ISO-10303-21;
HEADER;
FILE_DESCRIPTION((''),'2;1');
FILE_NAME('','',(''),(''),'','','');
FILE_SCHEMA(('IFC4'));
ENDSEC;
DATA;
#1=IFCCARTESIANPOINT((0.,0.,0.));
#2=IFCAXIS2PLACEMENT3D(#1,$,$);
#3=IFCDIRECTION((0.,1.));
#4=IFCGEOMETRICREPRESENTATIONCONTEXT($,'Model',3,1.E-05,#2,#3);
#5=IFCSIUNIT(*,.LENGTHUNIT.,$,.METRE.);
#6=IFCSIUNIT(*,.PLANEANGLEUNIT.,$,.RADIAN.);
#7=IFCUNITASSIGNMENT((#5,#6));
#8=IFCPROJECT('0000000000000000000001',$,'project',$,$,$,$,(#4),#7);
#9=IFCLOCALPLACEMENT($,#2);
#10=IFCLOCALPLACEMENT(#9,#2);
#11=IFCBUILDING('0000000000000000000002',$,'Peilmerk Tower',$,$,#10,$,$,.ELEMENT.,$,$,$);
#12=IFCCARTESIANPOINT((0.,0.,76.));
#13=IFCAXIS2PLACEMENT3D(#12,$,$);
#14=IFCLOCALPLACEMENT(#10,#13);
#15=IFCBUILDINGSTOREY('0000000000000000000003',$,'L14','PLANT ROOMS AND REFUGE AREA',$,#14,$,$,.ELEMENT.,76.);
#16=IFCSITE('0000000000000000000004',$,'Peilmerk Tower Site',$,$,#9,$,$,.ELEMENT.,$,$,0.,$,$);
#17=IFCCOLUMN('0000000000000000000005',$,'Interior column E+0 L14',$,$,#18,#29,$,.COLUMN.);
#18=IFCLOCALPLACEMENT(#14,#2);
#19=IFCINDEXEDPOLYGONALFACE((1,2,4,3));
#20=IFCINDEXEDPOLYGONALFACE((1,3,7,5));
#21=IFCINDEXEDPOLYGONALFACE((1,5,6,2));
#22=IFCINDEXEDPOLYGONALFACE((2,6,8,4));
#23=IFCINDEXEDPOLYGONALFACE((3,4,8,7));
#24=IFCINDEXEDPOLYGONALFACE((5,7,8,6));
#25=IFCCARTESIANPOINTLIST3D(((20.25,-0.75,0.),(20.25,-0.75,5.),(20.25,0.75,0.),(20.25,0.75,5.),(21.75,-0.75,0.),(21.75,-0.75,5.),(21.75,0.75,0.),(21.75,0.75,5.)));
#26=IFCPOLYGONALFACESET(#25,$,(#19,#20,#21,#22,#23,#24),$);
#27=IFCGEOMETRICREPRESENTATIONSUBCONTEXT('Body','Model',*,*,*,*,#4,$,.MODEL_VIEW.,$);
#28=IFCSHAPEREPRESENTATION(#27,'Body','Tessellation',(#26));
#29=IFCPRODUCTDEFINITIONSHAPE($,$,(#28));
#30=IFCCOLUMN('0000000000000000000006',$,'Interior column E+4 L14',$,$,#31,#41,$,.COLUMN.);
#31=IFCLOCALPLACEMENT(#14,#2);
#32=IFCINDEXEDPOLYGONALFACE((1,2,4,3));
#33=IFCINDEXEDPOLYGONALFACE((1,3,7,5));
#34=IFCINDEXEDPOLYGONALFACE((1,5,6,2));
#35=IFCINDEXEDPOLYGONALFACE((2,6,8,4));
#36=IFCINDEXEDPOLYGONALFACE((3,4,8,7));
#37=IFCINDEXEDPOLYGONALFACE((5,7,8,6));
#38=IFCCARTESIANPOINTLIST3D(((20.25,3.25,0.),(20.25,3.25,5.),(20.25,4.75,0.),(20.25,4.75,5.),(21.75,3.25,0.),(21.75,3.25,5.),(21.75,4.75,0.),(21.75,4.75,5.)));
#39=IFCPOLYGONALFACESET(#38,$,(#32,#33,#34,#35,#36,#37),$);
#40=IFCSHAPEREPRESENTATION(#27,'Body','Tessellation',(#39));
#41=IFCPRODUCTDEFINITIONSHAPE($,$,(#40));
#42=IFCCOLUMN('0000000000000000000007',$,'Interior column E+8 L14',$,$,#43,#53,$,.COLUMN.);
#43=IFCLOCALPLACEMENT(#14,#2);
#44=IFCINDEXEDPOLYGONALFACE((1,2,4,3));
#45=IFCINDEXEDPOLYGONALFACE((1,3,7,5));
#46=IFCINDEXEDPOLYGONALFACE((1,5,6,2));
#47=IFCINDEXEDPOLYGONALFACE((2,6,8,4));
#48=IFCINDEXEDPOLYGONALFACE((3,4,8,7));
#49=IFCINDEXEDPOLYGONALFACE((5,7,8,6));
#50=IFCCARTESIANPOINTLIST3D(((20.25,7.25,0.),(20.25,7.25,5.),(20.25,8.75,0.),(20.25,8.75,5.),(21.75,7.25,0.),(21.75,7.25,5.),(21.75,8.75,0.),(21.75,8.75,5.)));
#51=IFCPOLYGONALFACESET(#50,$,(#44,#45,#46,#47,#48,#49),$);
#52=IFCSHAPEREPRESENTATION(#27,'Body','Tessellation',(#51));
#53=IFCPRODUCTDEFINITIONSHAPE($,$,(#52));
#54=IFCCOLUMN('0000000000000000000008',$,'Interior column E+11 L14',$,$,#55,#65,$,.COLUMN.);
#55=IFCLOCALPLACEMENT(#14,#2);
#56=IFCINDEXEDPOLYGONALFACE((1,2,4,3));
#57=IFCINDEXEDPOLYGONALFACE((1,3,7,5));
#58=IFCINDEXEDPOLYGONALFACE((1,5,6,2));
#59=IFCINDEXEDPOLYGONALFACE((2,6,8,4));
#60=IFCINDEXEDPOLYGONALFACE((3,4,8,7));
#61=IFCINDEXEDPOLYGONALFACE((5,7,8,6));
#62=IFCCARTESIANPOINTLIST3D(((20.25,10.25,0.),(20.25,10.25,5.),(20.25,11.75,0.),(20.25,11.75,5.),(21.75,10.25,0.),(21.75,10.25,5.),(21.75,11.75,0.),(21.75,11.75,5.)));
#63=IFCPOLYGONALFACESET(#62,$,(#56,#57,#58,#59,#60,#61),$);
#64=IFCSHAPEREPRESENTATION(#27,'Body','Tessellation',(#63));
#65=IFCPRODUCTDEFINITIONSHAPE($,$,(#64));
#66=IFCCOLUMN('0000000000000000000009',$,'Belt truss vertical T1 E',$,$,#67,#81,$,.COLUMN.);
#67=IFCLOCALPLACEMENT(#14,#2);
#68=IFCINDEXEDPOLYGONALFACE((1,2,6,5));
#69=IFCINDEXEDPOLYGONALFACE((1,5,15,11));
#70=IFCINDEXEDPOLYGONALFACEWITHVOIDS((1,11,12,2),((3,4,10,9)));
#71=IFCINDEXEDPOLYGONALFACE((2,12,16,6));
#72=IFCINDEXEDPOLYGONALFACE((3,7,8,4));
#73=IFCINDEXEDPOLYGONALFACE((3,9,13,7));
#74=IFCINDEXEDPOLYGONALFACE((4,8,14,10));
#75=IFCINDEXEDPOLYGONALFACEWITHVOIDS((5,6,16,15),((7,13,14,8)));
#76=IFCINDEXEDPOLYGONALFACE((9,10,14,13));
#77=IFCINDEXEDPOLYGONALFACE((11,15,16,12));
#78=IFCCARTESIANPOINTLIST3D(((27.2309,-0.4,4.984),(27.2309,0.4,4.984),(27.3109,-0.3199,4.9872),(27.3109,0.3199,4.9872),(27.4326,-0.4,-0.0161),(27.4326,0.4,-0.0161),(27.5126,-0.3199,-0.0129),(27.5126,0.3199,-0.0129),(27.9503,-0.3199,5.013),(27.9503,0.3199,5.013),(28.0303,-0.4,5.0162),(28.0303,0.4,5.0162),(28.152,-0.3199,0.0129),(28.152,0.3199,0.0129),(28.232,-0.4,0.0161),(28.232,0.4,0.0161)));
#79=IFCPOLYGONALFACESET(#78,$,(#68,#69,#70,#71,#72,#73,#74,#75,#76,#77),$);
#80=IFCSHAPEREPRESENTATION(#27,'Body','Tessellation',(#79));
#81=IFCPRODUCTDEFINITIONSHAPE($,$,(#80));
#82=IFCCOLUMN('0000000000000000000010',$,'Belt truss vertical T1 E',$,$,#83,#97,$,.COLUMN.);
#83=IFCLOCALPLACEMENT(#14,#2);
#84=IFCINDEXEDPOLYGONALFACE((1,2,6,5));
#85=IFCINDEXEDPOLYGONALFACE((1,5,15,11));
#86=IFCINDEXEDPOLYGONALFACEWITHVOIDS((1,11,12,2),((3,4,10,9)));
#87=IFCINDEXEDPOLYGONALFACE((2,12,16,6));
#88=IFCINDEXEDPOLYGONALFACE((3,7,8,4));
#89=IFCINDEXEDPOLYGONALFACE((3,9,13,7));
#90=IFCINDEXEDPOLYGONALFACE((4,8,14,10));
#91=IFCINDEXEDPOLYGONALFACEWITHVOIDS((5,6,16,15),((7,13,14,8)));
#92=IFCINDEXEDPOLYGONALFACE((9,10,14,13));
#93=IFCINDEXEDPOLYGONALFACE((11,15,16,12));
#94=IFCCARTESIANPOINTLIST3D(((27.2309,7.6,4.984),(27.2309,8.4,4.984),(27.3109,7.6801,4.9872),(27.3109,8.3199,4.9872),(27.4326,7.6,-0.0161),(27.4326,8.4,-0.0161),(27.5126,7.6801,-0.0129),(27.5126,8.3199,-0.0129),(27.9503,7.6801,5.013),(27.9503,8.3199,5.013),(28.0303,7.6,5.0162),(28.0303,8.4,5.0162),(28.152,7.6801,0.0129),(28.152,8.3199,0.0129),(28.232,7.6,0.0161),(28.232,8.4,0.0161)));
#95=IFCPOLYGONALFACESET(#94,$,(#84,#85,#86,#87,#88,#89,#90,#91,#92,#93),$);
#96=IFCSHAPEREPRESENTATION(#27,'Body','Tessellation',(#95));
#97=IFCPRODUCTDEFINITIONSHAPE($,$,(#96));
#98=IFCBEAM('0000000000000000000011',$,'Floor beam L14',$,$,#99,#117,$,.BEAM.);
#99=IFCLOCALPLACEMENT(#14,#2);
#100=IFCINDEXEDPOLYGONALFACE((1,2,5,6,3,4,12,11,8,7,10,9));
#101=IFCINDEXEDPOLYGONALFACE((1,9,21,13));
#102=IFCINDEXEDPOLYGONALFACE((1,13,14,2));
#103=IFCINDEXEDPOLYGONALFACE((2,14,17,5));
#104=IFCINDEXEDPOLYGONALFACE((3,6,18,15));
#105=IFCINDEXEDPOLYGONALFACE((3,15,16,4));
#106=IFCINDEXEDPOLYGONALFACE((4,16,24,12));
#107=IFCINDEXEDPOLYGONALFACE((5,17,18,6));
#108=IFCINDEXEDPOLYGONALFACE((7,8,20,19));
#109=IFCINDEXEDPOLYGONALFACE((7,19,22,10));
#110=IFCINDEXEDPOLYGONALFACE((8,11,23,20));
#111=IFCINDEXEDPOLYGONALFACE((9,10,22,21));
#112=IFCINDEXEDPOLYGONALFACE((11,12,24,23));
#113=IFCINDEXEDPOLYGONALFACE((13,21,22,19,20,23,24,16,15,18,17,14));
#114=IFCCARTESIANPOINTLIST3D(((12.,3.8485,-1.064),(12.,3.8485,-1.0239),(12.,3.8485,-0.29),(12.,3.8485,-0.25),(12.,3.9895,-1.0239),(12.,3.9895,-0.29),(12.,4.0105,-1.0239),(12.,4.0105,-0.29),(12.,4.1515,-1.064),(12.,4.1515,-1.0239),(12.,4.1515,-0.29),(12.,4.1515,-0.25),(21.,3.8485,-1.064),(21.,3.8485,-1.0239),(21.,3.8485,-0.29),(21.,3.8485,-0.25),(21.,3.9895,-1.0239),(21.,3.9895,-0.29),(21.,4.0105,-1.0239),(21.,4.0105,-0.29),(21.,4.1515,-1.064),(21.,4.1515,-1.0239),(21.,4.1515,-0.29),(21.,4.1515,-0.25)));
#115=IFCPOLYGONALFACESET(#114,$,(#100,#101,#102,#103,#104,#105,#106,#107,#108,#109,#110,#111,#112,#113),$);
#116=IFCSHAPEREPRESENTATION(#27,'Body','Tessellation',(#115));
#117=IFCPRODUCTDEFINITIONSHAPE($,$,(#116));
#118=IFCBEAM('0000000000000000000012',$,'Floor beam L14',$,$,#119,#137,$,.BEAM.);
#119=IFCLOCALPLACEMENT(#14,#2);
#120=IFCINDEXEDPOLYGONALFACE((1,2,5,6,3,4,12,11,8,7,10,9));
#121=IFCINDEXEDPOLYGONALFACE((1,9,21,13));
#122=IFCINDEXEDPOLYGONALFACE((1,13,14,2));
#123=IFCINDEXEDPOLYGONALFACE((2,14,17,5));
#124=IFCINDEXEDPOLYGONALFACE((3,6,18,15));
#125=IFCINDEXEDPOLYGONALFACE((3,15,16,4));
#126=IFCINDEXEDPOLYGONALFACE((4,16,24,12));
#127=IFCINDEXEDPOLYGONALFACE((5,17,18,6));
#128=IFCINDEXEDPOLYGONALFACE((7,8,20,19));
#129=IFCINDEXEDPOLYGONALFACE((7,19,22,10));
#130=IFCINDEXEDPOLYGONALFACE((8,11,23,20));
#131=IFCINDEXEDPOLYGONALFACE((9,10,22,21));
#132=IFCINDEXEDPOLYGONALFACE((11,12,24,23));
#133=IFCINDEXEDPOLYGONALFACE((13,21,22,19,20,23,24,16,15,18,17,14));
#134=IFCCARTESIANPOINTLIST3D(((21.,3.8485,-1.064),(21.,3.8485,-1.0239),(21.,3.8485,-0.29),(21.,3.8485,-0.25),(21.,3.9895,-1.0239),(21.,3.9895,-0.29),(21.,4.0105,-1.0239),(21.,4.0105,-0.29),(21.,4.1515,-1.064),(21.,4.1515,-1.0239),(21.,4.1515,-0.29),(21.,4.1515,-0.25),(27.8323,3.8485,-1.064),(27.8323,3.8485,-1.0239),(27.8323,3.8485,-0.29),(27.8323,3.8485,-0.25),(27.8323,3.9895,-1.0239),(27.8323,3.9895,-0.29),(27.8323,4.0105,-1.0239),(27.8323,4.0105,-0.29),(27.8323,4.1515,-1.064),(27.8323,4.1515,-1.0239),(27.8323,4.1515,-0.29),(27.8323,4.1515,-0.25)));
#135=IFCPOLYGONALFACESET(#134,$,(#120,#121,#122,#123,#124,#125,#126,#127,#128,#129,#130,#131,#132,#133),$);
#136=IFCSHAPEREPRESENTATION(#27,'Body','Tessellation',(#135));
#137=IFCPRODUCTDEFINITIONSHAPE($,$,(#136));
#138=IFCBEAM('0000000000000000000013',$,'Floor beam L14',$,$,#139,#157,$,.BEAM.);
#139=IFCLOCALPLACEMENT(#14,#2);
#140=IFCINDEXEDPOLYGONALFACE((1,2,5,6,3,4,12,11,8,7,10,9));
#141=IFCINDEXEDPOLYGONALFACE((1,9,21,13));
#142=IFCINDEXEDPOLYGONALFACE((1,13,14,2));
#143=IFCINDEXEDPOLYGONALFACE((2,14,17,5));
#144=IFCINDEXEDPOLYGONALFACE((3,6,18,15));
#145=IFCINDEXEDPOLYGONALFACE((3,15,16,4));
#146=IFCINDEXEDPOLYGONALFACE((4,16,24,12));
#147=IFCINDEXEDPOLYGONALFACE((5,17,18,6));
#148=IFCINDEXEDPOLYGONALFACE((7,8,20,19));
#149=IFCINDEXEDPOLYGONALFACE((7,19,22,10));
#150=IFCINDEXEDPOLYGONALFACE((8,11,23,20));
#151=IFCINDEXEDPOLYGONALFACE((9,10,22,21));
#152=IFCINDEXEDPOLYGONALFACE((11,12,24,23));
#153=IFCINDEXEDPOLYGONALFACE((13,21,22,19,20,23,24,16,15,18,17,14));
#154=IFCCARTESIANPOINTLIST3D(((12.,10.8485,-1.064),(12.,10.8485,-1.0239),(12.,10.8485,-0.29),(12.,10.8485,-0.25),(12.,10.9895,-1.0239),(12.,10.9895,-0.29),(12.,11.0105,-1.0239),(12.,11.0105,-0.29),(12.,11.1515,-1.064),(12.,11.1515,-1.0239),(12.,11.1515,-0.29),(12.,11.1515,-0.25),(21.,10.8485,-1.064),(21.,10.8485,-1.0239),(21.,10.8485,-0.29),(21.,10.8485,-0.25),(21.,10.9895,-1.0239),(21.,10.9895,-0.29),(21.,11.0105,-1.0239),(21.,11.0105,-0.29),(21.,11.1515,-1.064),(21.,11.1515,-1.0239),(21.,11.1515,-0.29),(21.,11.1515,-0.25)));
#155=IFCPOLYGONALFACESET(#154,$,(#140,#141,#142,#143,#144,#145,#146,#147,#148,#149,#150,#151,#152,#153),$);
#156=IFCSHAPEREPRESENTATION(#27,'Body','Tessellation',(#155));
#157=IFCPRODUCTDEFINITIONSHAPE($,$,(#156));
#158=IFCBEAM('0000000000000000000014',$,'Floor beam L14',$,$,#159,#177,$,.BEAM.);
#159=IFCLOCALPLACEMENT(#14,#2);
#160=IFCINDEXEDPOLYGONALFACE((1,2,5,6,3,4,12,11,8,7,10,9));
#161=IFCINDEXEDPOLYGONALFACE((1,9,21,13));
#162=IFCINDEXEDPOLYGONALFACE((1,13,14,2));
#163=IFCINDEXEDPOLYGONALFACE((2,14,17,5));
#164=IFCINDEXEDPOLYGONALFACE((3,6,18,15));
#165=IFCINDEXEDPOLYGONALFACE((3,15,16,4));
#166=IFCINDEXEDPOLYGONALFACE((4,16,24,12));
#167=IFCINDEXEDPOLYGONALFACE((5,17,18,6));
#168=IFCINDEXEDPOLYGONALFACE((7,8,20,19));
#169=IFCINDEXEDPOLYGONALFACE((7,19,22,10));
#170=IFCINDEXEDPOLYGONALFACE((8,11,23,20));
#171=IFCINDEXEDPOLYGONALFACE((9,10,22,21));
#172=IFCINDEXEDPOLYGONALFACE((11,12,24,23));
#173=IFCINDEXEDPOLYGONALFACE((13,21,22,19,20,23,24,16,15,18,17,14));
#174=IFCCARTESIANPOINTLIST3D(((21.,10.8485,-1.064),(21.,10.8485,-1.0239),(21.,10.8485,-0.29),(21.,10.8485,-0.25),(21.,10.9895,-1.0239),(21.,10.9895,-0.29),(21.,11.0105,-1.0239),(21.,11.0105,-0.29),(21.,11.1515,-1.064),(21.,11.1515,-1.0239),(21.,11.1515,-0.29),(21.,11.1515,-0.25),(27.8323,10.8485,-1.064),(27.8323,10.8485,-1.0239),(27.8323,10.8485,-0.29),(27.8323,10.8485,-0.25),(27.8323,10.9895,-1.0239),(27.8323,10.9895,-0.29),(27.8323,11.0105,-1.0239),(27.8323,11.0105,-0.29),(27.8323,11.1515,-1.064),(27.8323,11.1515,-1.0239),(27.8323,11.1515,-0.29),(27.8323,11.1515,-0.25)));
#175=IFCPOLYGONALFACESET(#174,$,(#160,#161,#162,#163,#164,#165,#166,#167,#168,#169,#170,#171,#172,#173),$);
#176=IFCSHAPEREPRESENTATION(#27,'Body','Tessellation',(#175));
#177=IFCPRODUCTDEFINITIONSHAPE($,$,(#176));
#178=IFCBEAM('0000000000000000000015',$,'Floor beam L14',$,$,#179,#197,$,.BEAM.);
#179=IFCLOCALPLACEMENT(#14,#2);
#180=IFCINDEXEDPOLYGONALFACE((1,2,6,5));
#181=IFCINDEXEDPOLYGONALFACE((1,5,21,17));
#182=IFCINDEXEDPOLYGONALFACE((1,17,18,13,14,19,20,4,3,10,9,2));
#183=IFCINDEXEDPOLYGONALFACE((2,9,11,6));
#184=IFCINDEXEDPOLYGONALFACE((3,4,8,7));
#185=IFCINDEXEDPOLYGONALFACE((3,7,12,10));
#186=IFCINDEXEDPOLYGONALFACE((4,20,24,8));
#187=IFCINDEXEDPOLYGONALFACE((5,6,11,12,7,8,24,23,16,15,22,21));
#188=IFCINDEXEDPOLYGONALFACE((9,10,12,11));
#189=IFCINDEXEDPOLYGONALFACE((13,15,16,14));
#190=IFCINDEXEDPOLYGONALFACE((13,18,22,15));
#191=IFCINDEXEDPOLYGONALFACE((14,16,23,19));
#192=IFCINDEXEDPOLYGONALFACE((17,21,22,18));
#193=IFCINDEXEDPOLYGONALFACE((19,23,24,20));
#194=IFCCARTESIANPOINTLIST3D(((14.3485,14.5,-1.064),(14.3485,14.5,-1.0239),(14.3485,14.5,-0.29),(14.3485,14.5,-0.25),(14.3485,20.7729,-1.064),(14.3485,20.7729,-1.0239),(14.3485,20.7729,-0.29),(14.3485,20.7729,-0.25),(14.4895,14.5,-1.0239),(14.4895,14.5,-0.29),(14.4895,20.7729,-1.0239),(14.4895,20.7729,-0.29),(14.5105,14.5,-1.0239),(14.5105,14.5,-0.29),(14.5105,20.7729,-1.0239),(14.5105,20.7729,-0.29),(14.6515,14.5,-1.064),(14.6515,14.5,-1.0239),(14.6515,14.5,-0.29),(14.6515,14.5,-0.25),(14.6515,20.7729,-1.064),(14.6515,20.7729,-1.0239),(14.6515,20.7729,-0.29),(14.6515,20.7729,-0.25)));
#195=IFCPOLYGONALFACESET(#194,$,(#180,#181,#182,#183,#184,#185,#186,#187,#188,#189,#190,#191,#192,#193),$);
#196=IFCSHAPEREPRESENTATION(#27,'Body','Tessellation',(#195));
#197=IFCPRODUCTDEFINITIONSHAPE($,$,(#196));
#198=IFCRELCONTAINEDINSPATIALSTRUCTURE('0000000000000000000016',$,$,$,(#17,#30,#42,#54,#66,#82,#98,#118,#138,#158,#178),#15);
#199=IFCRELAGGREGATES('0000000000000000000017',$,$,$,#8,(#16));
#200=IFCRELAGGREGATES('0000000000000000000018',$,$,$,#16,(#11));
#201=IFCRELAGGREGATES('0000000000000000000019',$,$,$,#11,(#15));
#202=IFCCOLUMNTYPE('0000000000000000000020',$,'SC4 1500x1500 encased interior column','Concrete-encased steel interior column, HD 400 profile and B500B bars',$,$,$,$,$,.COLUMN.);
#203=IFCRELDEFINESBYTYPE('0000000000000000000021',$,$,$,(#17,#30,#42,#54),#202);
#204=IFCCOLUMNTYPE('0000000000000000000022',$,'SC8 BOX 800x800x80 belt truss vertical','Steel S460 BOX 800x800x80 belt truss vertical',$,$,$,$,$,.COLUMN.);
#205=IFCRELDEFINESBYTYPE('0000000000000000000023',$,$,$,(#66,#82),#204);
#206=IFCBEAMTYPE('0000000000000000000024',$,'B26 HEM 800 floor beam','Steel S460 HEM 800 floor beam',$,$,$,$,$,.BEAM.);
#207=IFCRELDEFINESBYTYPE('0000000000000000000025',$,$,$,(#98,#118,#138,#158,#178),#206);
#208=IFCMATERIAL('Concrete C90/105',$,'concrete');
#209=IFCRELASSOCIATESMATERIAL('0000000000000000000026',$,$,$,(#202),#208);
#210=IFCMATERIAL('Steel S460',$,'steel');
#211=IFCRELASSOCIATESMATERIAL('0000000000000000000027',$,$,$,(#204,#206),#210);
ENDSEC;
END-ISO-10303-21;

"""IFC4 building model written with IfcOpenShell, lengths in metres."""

from ifc_helpers import new_model, si_unit, direction, frame, origin, origin_2d, place, context, subcontext, project, spatial, rectangle, hollow_rectangle, i_section, extrude, material, material_profile, profile_set, type_object, element, save


model = new_model("IFC4")

# Units and contexts
model_context = context("Model", 3, precision=1e-05, world=origin(), true_north=direction((0.0, 1.0)))
body_context = subcontext(model_context, "Body", "Model", "MODEL_VIEW")
ifc_project = project(units=[si_unit("LENGTHUNIT", "METRE"), si_unit("PLANEANGLEUNIT", "RADIAN")], contexts=[model_context])

# Site, building, storey
site_placement = place(None, origin())
site = spatial("IfcSite", under=ifc_project, at=site_placement, Name="Peilmerk Tower Site", CompositionType="ELEMENT", RefElevation=0.0)
building_placement = place(site_placement, origin())
building = spatial("IfcBuilding", under=site, at=building_placement, Name="Peilmerk Tower", CompositionType="ELEMENT")
storey_placement = place(building_placement, frame((0.0, 0.0, 76.0)))
storey = spatial("IfcBuildingStorey", under=building, at=storey_placement, Name="L14", Description="PLANT ROOMS AND REFUGE AREA", CompositionType="ELEMENT", Elevation=76.0)

# Columns
ifc_material_1 = material(Name="Concrete C90/105", Category="concrete")
ifc_material_profile_1 = material_profile(ifc_material_1, rectangle(XDim=1.5, YDim=1.5, at=origin_2d()), Name="RC 1500x1500")
ifc_profile_set_1 = profile_set([ifc_material_profile_1], Name="Concrete C90/105")
column_type_1 = type_object("IfcColumnType", Name="SC4 1500x1500 encased interior column", Description="Concrete-encased steel interior column, HD 400 profile and B500B bars", PredefinedType="COLUMN", material=ifc_profile_set_1)
for number, where, z_axis, x_axis, name in (
    (1, (21.0, 0.0, 0.0), (0.0, 0.0, 1.0), (1.0, 0.0, 0.0), "Interior column E+0 L14"),
    (2, (21.0, 4.0, 0.0), (0.0, 0.0, 1.0), (1.0, 0.0, 0.0), "Interior column E+4 L14"),
    (3, (21.0, 8.0, 0.0), (0.0, 0.0, 1.0), (1.0, 0.0, 0.0), "Interior column E+8 L14"),
    (4, (21.0, 11.0, 0.0), (0.0, 0.0, 1.0), (1.0, 0.0, 0.0), "Interior column E+11 L14"),
):
    element("IfcColumn", number, at=place(storey_placement, frame(where, z_axis=z_axis, x_axis=x_axis)), inside=storey, type_object=column_type_1, Name=name, PredefinedType="COLUMN", context=body_context, shape_type="SweptSolid", body=[
        extrude(rectangle(XDim=1.5, YDim=1.5, at=origin_2d()), origin(), (0.0, 0.0, 1.0), 5.0),
    ])
ifc_material_2 = material(Name="Steel S460", Category="steel")
ifc_material_profile_2 = material_profile(ifc_material_2, hollow_rectangle(XDim=0.8, YDim=0.8, WallThickness=0.0801, at=origin_2d()), Name="BOX 800x800x80")
ifc_profile_set_2 = profile_set([ifc_material_profile_2], Name="Steel S460")
column_type_2 = type_object("IfcColumnType", Name="SC8 BOX 800x800x80 belt truss vertical", Description="Steel S460 BOX 800x800x80 belt truss vertical", PredefinedType="COLUMN", material=ifc_profile_set_2)
for number, where, z_axis, x_axis, name in (
    (5, (27.8323, 0.0, 0.0), (-0.040299, 0.0, 0.999188), (0.0, -1.0, 0.0), "Belt truss vertical T1 E"),
    (6, (27.8323, 8.0, 0.0), (-0.040299, 0.0, 0.999188), (0.0, -1.0, 0.0), "Belt truss vertical T1 E"),
):
    element("IfcColumn", number, at=place(storey_placement, frame(where, z_axis=z_axis, x_axis=x_axis)), inside=storey, type_object=column_type_2, Name=name, PredefinedType="COLUMN", context=body_context, shape_type="SweptSolid", body=[
        extrude(hollow_rectangle(XDim=0.8, YDim=0.8, WallThickness=0.0801, at=origin_2d()), origin(), (0.0, 0.0, 1.0), 5.0042),
    ])

# Beams
ifc_material_profile_3 = material_profile(ifc_material_2, i_section(OverallWidth=0.303, OverallDepth=0.814, WebThickness=0.021, FlangeThickness=0.04, at=origin_2d()), Name="HEM 800")
ifc_profile_set_3 = profile_set([ifc_material_profile_3], Name="Steel S460")
beam_type_1 = type_object("IfcBeamType", Name="B26 HEM 800 floor beam", Description="Steel S460 HEM 800 floor beam", PredefinedType="BEAM", material=ifc_profile_set_3)
beam_1_placement = place(storey_placement, frame((12.0, 4.0, -0.657), z_axis=(1.0, 0.0, 0.0), x_axis=(0.0, 1.0, 0.0)))
element("IfcBeam", 7, at=beam_1_placement, inside=storey, type_object=beam_type_1, Name="Floor beam L14", PredefinedType="BEAM", context=body_context, shape_type="SweptSolid", body=[
    extrude(i_section(OverallWidth=0.303, OverallDepth=0.814, WebThickness=0.021, FlangeThickness=0.04, at=origin_2d()), origin(), (0.0, 0.0, 1.0), 9.0),
])
beam_2_placement = place(storey_placement, frame((21.0, 4.0, -0.657), z_axis=(1.0, 0.0, 0.0), x_axis=(0.0, 1.0, 0.0)))
element("IfcBeam", 8, at=beam_2_placement, inside=storey, type_object=beam_type_1, Name="Floor beam L14", PredefinedType="BEAM", context=body_context, shape_type="SweptSolid", body=[
    extrude(i_section(OverallWidth=0.303, OverallDepth=0.814, WebThickness=0.021, FlangeThickness=0.04, at=origin_2d()), origin(), (0.0, 0.0, 1.0), 6.8323),
])
beam_3_placement = place(storey_placement, frame((12.0, 11.0, -0.657), z_axis=(1.0, 0.0, 0.0), x_axis=(0.0, 1.0, 0.0)))
element("IfcBeam", 9, at=beam_3_placement, inside=storey, type_object=beam_type_1, Name="Floor beam L14", PredefinedType="BEAM", context=body_context, shape_type="SweptSolid", body=[
    extrude(i_section(OverallWidth=0.303, OverallDepth=0.814, WebThickness=0.021, FlangeThickness=0.04, at=origin_2d()), origin(), (0.0, 0.0, 1.0), 9.0),
])
beam_4_placement = place(storey_placement, frame((21.0, 11.0, -0.657), z_axis=(1.0, 0.0, 0.0), x_axis=(0.0, 1.0, 0.0)))
element("IfcBeam", 10, at=beam_4_placement, inside=storey, type_object=beam_type_1, Name="Floor beam L14", PredefinedType="BEAM", context=body_context, shape_type="SweptSolid", body=[
    extrude(i_section(OverallWidth=0.303, OverallDepth=0.814, WebThickness=0.021, FlangeThickness=0.04, at=origin_2d()), origin(), (0.0, 0.0, 1.0), 6.8323),
])
beam_5_placement = place(storey_placement, frame((14.5, 14.5, -0.657), z_axis=(0.0, 1.0, 0.0), x_axis=(-1.0, 0.0, 0.0)))
element("IfcBeam", 11, at=beam_5_placement, inside=storey, type_object=beam_type_1, Name="Floor beam L14", PredefinedType="BEAM", context=body_context, shape_type="SweptSolid", body=[
    extrude(i_section(OverallWidth=0.303, OverallDepth=0.814, WebThickness=0.021, FlangeThickness=0.04, at=origin_2d()), origin(), (0.0, 0.0, 1.0), 6.2729),
])

save(model, "model.ifc")
